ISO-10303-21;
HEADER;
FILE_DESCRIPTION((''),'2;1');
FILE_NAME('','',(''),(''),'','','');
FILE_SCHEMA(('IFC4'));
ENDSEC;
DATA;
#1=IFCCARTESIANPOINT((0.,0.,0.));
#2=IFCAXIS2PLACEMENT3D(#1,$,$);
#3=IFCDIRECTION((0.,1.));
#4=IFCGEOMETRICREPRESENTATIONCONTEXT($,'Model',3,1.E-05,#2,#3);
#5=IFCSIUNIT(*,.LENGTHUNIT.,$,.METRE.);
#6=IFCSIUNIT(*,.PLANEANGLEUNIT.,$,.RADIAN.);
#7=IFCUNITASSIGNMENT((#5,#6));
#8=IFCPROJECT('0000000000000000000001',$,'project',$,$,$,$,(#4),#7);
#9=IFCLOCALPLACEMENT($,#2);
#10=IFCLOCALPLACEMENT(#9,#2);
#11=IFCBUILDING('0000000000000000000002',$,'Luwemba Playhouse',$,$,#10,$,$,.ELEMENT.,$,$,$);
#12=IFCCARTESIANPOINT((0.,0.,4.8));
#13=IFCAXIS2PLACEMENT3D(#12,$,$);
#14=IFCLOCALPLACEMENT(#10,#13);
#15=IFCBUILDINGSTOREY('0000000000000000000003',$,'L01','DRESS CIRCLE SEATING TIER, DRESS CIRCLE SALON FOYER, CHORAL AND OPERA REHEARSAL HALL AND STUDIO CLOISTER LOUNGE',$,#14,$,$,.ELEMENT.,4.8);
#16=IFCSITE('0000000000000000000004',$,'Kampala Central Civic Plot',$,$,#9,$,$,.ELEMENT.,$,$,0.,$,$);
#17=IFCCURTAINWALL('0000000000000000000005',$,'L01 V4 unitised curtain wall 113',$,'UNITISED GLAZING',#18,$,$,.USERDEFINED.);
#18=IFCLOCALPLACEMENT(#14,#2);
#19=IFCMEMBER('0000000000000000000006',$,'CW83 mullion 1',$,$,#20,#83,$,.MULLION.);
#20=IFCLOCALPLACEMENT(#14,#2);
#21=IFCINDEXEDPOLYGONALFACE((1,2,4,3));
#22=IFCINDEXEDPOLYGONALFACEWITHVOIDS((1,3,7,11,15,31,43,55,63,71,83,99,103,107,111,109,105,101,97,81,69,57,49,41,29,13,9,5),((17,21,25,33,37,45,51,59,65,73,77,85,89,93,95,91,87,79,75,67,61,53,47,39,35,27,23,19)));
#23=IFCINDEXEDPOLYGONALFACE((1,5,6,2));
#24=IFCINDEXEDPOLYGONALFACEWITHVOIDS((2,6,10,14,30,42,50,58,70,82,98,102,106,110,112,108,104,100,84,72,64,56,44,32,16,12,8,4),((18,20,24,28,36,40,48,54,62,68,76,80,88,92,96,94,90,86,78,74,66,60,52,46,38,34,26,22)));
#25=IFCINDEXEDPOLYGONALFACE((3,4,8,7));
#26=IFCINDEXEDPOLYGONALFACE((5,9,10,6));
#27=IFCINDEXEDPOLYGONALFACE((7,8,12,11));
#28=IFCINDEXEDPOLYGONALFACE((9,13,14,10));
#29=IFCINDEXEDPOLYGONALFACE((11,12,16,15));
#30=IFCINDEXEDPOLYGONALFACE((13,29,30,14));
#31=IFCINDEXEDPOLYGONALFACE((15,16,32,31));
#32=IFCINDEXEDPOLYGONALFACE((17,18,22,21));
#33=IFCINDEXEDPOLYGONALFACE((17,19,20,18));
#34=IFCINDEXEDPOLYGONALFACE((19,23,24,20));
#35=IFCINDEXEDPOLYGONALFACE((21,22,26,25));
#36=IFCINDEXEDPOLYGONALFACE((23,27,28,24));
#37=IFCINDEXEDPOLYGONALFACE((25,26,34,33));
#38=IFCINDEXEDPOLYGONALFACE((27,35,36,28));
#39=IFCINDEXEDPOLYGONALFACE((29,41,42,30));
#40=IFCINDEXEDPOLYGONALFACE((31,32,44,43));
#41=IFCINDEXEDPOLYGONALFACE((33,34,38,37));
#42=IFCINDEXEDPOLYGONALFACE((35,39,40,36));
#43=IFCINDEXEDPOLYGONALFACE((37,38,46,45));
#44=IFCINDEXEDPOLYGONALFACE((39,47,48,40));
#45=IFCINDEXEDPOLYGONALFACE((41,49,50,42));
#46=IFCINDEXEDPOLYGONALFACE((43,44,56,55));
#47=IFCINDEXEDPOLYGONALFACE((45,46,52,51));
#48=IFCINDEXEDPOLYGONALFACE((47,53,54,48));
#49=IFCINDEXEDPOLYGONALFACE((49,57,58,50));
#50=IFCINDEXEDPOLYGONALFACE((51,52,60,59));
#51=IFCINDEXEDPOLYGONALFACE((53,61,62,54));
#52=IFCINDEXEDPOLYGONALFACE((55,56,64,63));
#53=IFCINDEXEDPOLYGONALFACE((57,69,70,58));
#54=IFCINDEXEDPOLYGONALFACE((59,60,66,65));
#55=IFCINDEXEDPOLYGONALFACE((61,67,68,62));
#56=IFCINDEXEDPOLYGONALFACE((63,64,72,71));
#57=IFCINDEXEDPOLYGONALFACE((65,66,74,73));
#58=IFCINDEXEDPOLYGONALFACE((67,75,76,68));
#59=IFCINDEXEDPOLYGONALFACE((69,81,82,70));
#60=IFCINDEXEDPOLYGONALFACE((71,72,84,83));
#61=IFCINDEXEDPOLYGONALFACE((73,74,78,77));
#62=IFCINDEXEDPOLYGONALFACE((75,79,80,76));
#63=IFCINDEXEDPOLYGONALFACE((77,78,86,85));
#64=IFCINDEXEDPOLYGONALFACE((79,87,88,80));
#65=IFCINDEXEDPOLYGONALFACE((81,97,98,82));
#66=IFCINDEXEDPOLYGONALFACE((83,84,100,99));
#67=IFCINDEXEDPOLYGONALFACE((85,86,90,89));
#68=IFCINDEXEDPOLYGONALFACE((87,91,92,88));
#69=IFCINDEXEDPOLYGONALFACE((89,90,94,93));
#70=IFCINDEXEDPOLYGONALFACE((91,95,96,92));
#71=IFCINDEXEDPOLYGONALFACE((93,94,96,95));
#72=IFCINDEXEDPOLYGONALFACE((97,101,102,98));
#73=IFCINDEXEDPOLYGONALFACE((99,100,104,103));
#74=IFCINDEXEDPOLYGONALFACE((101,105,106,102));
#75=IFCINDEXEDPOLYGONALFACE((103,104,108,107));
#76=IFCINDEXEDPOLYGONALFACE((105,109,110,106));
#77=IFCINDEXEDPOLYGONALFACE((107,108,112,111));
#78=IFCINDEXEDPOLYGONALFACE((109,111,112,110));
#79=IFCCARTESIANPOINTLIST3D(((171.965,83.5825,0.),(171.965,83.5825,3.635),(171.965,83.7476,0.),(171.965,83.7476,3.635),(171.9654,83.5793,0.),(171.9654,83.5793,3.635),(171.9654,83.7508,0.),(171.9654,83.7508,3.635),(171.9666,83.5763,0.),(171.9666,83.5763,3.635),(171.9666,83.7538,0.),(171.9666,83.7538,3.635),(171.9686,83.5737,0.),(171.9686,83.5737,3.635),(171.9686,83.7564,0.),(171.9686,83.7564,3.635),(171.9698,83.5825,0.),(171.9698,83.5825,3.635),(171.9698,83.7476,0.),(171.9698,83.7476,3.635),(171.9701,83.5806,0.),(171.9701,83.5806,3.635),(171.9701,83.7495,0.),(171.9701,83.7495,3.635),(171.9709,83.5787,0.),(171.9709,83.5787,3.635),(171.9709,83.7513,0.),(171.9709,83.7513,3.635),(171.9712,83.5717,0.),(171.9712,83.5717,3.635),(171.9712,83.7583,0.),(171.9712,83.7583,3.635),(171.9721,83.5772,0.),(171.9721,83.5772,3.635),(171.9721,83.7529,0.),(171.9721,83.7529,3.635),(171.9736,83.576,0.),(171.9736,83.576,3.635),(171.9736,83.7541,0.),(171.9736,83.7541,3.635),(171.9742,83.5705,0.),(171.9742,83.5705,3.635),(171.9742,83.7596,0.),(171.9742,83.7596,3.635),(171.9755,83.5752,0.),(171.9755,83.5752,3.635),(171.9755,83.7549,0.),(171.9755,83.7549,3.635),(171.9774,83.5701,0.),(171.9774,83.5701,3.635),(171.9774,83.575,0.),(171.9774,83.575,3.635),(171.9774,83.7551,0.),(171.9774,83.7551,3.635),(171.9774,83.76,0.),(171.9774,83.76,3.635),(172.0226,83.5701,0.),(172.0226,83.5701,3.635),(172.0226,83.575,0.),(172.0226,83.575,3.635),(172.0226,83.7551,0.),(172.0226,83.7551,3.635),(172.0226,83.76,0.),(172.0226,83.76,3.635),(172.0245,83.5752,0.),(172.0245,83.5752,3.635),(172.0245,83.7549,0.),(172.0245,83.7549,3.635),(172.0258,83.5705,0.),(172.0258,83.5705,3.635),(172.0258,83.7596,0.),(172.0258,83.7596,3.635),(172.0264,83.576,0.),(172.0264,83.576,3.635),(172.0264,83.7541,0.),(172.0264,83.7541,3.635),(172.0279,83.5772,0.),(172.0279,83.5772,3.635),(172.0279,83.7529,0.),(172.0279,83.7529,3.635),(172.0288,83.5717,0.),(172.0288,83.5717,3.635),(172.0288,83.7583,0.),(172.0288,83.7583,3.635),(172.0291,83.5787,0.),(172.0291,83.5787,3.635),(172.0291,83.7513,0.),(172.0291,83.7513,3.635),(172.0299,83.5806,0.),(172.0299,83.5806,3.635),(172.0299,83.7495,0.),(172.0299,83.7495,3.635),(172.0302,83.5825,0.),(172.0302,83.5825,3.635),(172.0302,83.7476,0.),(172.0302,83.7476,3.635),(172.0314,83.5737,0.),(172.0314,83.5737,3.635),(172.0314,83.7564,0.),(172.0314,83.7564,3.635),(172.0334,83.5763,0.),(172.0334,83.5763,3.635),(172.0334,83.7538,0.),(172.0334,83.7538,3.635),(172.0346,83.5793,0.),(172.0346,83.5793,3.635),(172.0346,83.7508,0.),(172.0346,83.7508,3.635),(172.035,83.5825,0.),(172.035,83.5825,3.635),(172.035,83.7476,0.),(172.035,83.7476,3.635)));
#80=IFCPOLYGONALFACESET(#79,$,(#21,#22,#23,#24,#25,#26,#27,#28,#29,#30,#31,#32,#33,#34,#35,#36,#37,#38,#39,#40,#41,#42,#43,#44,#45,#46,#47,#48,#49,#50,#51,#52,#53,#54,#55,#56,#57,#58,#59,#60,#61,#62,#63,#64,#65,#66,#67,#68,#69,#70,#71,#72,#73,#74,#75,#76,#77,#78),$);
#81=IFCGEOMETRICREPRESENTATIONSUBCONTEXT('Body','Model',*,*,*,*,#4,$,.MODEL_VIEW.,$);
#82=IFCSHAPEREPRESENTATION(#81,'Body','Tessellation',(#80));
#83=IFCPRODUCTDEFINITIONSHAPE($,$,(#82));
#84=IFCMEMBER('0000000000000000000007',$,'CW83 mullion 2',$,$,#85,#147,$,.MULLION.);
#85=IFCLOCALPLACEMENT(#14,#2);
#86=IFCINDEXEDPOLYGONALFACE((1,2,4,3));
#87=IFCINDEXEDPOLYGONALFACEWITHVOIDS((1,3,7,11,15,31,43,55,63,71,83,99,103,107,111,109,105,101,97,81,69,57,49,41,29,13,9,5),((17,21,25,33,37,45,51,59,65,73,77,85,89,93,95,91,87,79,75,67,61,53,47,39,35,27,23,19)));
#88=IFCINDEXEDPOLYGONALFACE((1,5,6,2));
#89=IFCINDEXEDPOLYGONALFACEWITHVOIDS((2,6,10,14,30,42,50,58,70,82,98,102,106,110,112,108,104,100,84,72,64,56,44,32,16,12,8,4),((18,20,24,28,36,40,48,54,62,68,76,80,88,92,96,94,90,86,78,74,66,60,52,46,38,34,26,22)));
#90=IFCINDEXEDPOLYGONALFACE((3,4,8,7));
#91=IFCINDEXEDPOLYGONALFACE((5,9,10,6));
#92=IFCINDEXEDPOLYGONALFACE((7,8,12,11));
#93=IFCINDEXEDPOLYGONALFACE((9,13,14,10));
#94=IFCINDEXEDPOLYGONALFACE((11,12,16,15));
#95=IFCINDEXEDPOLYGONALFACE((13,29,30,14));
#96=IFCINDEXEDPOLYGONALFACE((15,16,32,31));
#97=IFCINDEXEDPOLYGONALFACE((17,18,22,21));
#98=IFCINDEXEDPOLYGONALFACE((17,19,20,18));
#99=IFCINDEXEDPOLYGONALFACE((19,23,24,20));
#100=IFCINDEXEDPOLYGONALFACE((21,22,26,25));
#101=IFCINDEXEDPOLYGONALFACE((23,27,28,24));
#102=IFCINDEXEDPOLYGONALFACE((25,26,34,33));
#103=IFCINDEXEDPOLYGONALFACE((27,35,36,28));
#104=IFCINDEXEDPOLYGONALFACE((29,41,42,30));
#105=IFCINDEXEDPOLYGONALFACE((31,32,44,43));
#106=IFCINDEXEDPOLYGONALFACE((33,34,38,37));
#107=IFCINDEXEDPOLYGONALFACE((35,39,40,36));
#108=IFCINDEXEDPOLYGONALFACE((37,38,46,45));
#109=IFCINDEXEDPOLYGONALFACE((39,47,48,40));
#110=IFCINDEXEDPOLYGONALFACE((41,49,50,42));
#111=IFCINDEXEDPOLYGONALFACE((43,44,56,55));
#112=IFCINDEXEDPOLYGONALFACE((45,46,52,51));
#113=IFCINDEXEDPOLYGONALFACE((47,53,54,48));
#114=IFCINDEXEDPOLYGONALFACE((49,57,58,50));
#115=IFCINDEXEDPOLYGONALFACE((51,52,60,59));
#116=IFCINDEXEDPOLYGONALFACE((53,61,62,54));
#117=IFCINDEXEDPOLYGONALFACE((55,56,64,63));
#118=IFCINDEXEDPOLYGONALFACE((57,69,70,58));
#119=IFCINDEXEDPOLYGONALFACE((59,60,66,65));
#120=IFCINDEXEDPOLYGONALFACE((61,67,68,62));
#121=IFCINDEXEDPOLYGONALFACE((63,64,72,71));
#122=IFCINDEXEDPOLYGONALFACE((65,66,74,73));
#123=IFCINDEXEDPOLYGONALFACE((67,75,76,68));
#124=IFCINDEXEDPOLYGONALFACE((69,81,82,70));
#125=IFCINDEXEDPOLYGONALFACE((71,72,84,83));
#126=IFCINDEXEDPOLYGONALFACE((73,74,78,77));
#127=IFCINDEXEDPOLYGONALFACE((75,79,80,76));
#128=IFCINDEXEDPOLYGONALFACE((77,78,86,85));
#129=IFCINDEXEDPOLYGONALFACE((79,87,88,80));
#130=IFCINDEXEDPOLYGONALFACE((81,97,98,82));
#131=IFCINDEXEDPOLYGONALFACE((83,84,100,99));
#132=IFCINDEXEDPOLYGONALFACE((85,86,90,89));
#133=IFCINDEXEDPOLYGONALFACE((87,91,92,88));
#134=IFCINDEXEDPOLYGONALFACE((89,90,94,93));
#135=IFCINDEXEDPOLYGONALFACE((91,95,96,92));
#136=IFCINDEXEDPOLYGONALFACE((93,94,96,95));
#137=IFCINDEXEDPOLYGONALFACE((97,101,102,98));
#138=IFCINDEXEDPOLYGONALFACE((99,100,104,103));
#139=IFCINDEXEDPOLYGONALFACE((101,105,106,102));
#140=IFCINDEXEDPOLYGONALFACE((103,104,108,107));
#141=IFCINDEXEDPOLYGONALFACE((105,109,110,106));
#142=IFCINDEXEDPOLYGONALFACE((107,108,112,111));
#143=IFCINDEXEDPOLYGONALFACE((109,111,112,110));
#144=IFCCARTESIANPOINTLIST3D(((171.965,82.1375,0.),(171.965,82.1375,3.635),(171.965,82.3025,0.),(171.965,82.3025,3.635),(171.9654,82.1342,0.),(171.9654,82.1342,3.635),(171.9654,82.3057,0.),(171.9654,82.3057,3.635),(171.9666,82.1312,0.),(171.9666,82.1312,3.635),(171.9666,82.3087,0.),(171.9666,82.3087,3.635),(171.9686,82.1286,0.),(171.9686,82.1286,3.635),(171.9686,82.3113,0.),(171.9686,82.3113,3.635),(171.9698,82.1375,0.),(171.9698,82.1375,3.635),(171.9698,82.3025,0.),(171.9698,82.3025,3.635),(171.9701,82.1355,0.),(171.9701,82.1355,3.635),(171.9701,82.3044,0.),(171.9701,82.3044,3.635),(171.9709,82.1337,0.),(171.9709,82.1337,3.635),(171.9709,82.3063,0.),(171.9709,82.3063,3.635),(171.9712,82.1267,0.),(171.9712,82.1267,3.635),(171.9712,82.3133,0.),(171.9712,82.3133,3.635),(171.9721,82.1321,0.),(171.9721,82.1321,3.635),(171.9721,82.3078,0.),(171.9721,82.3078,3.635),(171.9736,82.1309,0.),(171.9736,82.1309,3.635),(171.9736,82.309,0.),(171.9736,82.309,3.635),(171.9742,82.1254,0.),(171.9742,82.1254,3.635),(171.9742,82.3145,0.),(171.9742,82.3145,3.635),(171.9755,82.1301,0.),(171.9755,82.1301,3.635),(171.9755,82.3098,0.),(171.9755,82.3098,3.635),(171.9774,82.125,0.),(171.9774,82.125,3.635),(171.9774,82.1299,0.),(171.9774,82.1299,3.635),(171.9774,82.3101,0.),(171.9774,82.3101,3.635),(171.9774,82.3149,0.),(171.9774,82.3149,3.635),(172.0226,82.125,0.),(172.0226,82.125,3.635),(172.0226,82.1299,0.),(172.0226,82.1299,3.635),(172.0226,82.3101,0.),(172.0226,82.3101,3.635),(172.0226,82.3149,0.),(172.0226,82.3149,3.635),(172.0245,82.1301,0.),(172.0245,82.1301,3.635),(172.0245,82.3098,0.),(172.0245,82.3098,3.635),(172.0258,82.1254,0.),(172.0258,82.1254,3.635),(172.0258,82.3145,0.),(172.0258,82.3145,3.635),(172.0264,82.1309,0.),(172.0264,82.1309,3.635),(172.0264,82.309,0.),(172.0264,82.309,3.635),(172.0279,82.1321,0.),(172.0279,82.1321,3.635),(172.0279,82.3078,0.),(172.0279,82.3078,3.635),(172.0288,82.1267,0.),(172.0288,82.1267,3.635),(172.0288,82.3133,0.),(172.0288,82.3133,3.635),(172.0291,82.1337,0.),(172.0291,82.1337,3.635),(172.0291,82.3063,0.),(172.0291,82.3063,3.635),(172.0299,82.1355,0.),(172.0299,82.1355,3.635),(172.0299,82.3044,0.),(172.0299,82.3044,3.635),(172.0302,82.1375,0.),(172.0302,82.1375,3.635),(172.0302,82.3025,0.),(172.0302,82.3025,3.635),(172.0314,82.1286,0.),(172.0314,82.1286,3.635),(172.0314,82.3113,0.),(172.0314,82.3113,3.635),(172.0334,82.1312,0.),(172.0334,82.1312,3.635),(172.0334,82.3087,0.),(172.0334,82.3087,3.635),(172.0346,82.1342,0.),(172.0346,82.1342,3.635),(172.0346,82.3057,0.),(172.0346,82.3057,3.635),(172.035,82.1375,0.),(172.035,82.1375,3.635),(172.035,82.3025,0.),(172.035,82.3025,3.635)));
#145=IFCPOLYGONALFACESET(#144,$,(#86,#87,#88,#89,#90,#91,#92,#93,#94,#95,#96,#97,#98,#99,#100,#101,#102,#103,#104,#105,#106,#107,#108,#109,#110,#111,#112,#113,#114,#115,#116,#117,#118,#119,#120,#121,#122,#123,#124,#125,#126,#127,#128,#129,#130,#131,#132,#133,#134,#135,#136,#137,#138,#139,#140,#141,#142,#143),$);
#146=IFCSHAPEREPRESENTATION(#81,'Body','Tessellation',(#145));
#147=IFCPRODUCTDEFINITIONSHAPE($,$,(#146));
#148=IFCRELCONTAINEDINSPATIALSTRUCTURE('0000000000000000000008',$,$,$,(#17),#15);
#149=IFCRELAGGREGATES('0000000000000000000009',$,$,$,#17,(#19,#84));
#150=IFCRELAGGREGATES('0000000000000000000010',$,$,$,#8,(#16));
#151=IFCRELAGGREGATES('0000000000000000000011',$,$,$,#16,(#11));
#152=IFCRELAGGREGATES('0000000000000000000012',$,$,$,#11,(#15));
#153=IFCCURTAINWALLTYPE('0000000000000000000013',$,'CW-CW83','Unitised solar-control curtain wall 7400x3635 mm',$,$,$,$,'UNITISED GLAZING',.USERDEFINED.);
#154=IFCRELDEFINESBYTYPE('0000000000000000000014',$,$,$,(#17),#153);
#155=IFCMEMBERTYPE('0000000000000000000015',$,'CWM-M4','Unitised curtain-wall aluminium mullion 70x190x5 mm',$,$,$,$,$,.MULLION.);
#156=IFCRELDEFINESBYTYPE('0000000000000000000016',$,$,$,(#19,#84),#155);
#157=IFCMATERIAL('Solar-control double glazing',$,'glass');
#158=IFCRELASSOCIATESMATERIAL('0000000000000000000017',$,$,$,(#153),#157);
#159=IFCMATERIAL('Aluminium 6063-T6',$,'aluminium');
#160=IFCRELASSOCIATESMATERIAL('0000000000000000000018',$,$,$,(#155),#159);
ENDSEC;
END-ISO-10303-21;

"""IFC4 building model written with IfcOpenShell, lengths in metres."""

from ifc_helpers import new_model, si_unit, direction, frame, origin, origin_2d, place, context, subcontext, project, spatial, hollow_rectangle, extrude, material, material_profile, profile_set, type_object, element, aggregate, save


model = new_model("IFC4")

# Units and contexts
model_context = context("Model", 3, precision=1e-05, world=origin(), true_north=direction((0.0, 1.0)))
body_context = subcontext(model_context, "Body", "Model", "MODEL_VIEW")
ifc_project = project(units=[si_unit("LENGTHUNIT", "METRE"), si_unit("PLANEANGLEUNIT", "RADIAN")], contexts=[model_context])

# Site, building, storey
site_placement = place(None, origin())
site = spatial("IfcSite", under=ifc_project, at=site_placement, Name="Kampala Central Civic Plot", CompositionType="ELEMENT", RefElevation=0.0)
building_placement = place(site_placement, origin())
building = spatial("IfcBuilding", under=site, at=building_placement, Name="Luwemba Playhouse", CompositionType="ELEMENT")
storey_placement = place(building_placement, frame((0.0, 0.0, 4.8)))
storey = spatial("IfcBuildingStorey", under=building, at=storey_placement, Name="L01", Description="DRESS CIRCLE SEATING TIER, DRESS CIRCLE SALON FOYER, CHORAL AND OPERA REHEARSAL HALL AND STUDIO CLOISTER LOUNGE", CompositionType="ELEMENT", Elevation=4.8)

# Curtain wall, members
ifc_material_1 = material(Name="Solar-control double glazing", Category="glass")
curtain_wall_type = type_object("IfcCurtainWallType", Name="CW-CW83", Description="Unitised solar-control curtain wall 7400x3635 mm", ElementType="UNITISED GLAZING", PredefinedType="USERDEFINED", material=ifc_material_1)
curtain_wall_placement = place(storey_placement, origin())
curtain_wall = element("IfcCurtainWall", 1, at=curtain_wall_placement, inside=storey, type_object=curtain_wall_type, Name="L01 V4 unitised curtain wall 113", ObjectType="UNITISED GLAZING", PredefinedType="USERDEFINED")
ifc_material_2 = material(Name="Aluminium 6063-T6", Category="aluminium")
ifc_material_profile_1 = material_profile(ifc_material_2, hollow_rectangle(XDim=0.0701, YDim=0.1899, WallThickness=0.0049, InnerFilletRadius=0.0076, OuterFilletRadius=0.0125, at=origin_2d()))
ifc_profile_set_1 = profile_set([ifc_material_profile_1], Name="Aluminium 6063-T6")
member_type_1 = type_object("IfcMemberType", Name="CWM-M4", Description="Unitised curtain-wall aluminium mullion 70x190x5 mm", PredefinedType="MULLION", material=ifc_profile_set_1)
member_1_placement = place(storey_placement, frame((172.0, 83.665, 0.0), z_axis=(0.0, 0.0, 1.0), x_axis=(1.0, 0.0, 0.0)))
member_1 = element("IfcMember", 2, at=member_1_placement, type_object=member_type_1, Name="CW83 mullion 1", PredefinedType="MULLION", context=body_context, shape_type="SweptSolid", body=[
    extrude(hollow_rectangle(XDim=0.0701, YDim=0.1899, WallThickness=0.0049, InnerFilletRadius=0.0076, OuterFilletRadius=0.0125, at=origin_2d()), origin(), (0.0, 0.0, 1.0), 3.635),
])
member_2_placement = place(storey_placement, frame((172.0, 82.22, 0.0), z_axis=(0.0, 0.0, 1.0), x_axis=(1.0, 0.0, 0.0)))
member_2 = element("IfcMember", 3, at=member_2_placement, type_object=member_type_1, Name="CW83 mullion 2", PredefinedType="MULLION", context=body_context, shape_type="SweptSolid", body=[
    extrude(hollow_rectangle(XDim=0.0701, YDim=0.1899, WallThickness=0.0049, InnerFilletRadius=0.0076, OuterFilletRadius=0.0125, at=origin_2d()), origin(), (0.0, 0.0, 1.0), 3.635),
])
aggregate(curtain_wall, [member_1, member_2])

save(model, "model.ifc")
